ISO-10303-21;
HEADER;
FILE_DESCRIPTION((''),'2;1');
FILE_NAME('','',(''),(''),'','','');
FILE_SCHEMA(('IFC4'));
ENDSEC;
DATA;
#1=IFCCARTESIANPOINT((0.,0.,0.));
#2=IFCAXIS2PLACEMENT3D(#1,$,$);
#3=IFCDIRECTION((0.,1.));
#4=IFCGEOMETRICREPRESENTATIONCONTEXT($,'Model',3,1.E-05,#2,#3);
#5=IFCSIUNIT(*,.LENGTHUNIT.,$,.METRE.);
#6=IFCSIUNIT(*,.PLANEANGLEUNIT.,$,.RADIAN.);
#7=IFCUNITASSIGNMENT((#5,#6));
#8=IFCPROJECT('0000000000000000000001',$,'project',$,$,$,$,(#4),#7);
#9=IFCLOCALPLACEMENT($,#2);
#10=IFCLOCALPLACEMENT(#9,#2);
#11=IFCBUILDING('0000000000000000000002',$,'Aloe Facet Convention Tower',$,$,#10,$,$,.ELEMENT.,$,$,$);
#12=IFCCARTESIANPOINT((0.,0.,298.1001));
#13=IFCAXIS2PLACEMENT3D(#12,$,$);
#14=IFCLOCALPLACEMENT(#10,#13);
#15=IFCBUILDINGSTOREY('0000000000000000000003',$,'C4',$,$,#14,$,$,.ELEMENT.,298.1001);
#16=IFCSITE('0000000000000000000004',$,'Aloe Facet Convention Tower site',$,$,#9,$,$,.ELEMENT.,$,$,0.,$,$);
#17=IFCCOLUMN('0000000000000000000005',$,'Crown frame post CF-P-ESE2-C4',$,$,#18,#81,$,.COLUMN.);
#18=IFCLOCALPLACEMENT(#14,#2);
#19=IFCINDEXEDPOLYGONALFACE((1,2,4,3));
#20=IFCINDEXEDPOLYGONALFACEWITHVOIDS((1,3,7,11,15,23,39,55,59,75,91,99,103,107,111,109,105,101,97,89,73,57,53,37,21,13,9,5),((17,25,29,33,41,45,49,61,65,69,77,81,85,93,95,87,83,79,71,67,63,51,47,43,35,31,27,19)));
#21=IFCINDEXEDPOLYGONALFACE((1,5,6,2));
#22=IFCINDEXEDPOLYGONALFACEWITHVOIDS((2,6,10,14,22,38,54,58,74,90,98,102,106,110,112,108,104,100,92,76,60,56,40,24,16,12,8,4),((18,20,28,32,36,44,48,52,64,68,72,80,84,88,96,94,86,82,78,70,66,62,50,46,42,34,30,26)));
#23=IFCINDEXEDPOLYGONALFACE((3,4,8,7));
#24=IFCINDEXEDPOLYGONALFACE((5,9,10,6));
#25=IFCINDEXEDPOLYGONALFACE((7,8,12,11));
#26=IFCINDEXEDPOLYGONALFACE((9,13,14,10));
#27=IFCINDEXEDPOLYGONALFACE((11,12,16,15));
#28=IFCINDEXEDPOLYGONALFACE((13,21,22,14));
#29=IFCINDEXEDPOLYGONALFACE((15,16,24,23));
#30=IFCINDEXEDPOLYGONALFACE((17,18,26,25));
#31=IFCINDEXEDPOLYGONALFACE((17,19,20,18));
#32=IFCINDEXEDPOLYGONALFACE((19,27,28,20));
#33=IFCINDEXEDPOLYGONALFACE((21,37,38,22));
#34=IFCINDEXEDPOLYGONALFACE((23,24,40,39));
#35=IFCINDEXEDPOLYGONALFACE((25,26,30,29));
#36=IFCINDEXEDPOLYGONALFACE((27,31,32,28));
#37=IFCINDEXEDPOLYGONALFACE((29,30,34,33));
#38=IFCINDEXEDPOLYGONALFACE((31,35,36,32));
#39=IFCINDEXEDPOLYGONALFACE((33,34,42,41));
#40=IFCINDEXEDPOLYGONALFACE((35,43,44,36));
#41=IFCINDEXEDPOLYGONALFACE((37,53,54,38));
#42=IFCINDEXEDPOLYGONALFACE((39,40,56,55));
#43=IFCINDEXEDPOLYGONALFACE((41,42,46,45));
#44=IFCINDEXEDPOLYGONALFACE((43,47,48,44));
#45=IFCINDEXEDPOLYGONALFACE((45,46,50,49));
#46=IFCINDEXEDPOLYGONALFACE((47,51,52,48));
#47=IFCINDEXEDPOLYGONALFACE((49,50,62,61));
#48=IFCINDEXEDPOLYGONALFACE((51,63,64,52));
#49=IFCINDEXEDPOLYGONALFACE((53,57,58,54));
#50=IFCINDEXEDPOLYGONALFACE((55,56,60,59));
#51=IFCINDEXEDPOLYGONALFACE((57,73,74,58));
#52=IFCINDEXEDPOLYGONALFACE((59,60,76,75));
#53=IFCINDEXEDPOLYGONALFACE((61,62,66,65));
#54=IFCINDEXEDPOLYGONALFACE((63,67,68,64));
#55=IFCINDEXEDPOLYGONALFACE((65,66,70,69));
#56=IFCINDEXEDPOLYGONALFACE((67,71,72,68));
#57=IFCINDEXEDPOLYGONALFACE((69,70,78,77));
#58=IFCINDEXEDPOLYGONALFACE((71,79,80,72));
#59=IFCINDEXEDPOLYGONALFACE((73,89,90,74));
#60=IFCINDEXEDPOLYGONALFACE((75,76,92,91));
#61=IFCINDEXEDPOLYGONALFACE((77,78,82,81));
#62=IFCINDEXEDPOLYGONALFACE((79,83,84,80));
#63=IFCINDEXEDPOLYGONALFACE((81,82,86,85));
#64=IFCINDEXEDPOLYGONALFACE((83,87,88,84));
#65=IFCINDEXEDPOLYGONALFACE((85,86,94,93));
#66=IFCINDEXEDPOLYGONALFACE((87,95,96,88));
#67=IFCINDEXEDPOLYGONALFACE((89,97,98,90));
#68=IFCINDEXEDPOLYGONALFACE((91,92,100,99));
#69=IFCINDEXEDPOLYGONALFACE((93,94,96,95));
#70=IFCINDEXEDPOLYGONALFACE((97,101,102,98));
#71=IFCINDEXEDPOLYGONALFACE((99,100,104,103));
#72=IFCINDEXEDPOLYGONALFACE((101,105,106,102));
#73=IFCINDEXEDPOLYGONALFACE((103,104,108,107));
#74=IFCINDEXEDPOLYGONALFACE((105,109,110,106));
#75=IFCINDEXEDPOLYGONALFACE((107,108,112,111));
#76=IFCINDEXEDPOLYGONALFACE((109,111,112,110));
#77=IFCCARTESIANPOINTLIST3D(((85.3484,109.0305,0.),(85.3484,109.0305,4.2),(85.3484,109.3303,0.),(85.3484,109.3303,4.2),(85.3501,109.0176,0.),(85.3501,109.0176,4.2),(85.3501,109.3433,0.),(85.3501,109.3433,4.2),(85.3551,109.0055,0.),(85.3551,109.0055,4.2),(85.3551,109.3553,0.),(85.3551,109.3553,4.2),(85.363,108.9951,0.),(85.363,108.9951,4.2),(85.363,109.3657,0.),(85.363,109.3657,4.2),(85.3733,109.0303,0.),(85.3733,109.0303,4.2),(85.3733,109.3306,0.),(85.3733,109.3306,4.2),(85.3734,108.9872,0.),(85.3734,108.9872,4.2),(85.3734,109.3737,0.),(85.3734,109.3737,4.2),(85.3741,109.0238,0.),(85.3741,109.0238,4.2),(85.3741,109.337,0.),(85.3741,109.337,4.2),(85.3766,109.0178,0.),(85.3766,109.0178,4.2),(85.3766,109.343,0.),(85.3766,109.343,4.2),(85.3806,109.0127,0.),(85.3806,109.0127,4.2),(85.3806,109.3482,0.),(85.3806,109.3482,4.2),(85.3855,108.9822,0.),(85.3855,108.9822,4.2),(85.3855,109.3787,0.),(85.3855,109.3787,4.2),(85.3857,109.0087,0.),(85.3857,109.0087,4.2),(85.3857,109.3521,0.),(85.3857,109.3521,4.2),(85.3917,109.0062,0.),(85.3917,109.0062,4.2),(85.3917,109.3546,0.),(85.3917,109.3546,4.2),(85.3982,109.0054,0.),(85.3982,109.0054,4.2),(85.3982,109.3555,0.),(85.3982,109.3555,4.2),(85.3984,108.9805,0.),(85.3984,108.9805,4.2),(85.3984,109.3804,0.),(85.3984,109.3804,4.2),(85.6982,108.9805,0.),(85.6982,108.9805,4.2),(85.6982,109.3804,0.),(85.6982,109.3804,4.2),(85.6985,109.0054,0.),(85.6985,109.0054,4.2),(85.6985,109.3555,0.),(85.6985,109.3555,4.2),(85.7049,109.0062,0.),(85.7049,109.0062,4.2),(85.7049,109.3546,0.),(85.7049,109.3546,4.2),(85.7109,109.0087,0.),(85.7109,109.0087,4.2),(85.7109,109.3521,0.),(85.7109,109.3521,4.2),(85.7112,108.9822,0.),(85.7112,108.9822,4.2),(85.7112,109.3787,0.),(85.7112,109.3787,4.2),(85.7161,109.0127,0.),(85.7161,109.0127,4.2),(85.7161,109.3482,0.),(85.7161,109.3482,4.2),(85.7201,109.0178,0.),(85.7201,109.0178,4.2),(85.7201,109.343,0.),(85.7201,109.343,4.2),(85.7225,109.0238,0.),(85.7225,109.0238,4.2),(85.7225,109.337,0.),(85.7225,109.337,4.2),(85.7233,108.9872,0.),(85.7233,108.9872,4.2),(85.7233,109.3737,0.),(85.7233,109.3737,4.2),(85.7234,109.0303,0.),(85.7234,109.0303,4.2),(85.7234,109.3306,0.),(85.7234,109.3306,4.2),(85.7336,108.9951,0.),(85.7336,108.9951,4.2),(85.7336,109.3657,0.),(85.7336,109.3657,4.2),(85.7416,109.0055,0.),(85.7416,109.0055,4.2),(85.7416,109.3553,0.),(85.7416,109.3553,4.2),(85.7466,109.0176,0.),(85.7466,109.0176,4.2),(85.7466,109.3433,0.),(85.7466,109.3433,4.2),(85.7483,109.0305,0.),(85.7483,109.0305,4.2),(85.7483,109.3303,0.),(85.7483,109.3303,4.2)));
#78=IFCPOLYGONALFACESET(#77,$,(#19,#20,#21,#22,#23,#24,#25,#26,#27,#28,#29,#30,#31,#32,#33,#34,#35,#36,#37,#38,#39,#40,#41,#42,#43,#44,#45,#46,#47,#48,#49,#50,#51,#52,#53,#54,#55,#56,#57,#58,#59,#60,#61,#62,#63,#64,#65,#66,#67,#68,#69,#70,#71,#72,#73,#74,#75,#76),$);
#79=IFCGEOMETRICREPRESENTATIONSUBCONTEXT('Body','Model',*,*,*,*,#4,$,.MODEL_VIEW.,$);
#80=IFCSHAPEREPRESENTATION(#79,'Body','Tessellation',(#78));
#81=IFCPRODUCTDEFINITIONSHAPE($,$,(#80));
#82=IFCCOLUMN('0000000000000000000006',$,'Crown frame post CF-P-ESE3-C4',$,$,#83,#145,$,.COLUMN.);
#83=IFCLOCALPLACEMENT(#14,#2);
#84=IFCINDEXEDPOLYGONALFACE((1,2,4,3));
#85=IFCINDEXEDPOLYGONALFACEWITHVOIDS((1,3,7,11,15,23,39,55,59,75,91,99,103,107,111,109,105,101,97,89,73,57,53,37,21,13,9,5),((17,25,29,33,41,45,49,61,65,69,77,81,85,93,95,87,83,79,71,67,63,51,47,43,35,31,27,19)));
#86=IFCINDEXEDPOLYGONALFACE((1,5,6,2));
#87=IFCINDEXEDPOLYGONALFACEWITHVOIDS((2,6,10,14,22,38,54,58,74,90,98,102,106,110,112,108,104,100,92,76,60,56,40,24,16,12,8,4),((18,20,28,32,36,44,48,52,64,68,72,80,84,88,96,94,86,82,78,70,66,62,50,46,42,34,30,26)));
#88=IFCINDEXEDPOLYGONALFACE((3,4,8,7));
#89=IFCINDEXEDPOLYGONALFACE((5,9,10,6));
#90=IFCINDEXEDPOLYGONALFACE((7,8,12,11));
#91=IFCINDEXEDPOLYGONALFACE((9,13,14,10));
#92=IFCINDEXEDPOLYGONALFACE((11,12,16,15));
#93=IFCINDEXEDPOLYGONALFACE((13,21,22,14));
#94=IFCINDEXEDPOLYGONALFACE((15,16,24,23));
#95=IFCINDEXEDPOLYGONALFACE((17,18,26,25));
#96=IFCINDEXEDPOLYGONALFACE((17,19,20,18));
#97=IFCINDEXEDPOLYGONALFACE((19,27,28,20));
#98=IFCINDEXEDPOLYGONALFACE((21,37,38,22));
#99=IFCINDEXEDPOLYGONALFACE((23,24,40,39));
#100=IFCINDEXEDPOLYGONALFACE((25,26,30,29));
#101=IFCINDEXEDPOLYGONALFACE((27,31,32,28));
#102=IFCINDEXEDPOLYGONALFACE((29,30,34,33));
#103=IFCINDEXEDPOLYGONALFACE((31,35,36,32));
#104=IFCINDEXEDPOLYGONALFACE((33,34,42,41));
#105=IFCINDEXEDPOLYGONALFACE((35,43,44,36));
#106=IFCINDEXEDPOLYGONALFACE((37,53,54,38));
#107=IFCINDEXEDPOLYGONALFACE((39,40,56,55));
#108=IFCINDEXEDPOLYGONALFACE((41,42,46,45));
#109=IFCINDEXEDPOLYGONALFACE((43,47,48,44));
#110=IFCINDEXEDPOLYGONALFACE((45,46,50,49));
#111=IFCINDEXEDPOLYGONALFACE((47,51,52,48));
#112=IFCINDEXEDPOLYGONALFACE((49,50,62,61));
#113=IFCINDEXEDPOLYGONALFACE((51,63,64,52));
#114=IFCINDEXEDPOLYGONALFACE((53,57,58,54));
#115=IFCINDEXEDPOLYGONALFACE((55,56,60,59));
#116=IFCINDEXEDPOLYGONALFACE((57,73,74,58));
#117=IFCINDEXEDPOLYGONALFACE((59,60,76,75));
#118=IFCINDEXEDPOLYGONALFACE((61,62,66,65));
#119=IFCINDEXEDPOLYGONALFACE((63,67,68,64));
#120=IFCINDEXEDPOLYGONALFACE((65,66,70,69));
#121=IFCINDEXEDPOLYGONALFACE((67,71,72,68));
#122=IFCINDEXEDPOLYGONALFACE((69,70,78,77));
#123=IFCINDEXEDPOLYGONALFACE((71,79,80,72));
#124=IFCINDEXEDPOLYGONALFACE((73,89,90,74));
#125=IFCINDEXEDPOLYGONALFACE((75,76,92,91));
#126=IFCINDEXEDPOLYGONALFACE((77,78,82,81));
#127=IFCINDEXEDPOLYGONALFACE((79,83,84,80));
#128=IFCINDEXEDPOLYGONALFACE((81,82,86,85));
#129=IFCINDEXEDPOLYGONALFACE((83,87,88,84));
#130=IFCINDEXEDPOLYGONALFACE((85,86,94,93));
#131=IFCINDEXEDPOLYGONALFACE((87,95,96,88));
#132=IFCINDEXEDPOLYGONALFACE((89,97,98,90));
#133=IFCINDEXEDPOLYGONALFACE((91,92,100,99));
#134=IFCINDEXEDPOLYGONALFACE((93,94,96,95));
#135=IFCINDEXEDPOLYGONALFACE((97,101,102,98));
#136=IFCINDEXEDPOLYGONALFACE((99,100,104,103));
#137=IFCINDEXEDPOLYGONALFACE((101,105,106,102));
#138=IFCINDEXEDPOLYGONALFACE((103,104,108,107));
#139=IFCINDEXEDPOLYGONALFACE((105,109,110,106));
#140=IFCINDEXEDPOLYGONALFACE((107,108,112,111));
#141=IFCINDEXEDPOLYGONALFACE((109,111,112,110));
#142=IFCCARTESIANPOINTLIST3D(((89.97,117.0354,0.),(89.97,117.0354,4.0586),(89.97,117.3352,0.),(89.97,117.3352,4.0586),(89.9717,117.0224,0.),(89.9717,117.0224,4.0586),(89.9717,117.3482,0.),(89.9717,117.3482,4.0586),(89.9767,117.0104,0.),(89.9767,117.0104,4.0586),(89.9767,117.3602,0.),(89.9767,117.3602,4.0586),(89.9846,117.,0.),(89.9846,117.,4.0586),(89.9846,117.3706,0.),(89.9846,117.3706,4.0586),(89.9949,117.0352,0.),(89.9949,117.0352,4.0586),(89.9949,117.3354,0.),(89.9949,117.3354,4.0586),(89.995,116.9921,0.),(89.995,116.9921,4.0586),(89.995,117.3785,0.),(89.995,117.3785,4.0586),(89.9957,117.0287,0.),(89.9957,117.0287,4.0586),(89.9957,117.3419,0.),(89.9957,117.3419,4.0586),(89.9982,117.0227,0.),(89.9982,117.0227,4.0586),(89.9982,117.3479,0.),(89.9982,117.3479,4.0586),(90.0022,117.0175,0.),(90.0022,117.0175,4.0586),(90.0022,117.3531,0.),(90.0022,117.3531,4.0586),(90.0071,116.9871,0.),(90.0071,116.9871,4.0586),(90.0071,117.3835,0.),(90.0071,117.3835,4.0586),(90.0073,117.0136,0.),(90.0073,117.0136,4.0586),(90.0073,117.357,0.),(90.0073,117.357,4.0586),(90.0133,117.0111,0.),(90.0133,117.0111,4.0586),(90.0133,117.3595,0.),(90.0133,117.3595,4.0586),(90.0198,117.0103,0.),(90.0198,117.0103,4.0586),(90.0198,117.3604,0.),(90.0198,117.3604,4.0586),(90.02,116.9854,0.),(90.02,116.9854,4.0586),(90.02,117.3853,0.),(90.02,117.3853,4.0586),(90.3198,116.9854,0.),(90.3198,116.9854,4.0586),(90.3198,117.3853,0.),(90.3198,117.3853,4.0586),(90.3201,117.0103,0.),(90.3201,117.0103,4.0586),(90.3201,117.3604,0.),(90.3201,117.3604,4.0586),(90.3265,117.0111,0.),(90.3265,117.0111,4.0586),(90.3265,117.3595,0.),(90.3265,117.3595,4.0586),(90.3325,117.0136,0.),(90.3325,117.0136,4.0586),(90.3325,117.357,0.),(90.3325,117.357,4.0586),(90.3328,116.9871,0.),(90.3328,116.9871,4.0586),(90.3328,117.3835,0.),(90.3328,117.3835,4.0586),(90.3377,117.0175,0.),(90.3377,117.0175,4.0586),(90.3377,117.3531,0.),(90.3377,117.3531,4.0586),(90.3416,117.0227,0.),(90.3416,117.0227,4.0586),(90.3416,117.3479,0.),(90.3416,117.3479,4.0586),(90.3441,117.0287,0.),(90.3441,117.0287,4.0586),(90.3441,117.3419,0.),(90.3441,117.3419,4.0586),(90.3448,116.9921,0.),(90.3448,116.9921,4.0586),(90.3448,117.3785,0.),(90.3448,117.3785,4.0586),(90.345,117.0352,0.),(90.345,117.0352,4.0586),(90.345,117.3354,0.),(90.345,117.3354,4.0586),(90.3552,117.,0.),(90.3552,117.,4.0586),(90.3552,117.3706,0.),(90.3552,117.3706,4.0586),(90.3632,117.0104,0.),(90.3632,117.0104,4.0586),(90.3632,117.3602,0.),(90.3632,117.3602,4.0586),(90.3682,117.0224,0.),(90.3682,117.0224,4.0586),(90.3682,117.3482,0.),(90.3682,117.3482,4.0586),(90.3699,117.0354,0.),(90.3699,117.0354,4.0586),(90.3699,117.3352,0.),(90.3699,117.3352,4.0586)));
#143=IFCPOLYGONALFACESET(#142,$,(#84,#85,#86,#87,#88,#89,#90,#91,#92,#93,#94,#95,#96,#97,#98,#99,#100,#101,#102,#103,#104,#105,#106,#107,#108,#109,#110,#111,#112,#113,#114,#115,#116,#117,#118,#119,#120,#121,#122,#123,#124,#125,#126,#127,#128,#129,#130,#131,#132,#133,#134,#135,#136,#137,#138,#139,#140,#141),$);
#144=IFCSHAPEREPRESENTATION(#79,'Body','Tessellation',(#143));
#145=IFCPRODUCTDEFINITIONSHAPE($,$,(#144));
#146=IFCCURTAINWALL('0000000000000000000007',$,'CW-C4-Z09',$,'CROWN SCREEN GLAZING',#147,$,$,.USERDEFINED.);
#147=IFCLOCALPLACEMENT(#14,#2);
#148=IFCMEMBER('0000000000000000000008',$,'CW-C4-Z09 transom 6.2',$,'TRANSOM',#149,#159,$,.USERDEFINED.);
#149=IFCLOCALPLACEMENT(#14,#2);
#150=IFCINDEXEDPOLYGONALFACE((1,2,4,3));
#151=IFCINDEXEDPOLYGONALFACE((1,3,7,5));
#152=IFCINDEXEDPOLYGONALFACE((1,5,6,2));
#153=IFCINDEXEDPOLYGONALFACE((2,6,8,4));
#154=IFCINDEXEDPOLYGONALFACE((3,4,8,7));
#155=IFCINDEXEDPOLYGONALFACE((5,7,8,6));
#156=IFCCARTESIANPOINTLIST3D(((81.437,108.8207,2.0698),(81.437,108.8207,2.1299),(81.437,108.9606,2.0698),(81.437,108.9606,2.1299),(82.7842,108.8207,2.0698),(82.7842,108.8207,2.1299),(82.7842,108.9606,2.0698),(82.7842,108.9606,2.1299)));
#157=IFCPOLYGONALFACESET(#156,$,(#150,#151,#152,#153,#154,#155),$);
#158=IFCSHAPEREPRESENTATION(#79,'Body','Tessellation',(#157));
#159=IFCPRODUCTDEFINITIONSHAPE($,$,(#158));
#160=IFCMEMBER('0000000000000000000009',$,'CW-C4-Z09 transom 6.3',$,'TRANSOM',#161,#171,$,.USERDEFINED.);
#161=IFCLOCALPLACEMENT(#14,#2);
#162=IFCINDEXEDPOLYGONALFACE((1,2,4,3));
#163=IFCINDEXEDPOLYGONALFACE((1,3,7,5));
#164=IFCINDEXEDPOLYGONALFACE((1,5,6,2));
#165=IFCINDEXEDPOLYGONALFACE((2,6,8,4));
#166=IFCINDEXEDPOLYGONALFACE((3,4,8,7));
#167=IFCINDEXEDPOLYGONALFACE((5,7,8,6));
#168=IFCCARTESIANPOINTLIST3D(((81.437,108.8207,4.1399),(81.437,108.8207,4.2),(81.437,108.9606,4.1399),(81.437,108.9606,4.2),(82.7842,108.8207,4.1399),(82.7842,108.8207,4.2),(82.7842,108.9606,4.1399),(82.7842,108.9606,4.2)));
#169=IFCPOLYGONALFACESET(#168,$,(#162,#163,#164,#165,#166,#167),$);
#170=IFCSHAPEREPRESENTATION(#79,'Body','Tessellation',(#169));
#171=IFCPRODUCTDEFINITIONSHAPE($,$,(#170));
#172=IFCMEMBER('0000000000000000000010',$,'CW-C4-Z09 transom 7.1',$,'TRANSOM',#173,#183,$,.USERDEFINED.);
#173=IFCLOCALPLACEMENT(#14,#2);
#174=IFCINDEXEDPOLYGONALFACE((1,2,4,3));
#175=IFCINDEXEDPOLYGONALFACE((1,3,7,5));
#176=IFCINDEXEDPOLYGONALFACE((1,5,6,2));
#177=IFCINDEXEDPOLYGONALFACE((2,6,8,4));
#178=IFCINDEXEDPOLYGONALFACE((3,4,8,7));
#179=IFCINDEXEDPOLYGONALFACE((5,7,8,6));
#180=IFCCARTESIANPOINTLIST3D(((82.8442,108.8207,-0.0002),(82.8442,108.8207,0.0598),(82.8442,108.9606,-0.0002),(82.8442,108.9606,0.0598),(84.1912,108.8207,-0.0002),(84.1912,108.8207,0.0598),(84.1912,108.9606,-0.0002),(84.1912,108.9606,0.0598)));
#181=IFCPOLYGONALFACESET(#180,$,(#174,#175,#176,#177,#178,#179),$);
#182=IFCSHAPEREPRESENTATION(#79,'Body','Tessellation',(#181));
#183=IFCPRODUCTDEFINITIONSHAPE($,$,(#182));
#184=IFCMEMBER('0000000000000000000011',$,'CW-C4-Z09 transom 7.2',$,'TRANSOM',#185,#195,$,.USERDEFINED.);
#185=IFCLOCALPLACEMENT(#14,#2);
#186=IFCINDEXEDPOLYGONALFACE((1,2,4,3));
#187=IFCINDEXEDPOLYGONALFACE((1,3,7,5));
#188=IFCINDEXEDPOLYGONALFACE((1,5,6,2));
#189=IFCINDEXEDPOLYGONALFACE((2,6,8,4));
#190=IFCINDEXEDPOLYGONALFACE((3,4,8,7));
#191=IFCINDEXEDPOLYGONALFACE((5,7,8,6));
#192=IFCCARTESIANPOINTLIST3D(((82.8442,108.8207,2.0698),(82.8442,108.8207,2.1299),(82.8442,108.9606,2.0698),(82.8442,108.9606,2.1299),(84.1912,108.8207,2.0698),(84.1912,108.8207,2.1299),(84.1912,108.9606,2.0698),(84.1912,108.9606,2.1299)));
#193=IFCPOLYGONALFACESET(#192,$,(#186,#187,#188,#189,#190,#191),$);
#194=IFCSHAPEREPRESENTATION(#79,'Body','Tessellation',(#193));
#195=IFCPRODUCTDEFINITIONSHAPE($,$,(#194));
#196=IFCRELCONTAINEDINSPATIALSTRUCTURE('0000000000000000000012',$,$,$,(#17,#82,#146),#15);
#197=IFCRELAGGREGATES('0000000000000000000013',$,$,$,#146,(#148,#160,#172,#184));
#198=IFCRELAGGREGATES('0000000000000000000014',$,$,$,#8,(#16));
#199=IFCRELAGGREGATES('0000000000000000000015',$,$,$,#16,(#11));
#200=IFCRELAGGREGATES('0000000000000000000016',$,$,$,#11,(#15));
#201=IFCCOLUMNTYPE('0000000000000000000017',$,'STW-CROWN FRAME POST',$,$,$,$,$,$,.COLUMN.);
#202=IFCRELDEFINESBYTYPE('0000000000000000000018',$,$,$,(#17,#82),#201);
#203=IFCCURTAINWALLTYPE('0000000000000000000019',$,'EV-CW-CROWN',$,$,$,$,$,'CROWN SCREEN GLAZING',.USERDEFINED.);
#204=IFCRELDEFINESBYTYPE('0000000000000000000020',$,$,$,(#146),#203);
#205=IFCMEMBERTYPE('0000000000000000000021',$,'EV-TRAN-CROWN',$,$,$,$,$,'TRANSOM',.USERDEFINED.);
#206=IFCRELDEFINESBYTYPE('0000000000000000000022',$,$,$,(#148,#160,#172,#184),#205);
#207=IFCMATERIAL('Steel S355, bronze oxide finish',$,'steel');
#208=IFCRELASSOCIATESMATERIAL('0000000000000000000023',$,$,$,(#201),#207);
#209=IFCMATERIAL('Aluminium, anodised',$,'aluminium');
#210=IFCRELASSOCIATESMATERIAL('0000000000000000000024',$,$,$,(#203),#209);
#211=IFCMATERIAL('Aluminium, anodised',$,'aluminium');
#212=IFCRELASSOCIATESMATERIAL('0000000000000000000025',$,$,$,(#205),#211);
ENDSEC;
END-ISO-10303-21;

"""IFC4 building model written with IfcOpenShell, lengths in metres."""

from ifc_helpers import new_model, si_unit, direction, frame, origin, origin_2d, place, context, subcontext, project, spatial, rectangle, hollow_rectangle, extrude, material, material_profile, profile_set, type_object, element, aggregate, save


model = new_model("IFC4")

# Units and contexts
model_context = context("Model", 3, precision=1e-05, world=origin(), true_north=direction((0.0, 1.0)))
body_context = subcontext(model_context, "Body", "Model", "MODEL_VIEW")
ifc_project = project(units=[si_unit("LENGTHUNIT", "METRE"), si_unit("PLANEANGLEUNIT", "RADIAN")], contexts=[model_context])

# Site, building, storey
site_placement = place(None, origin())
site = spatial("IfcSite", under=ifc_project, at=site_placement, Name="Aloe Facet Convention Tower site", CompositionType="ELEMENT", RefElevation=0.0)
building_placement = place(site_placement, origin())
building = spatial("IfcBuilding", under=site, at=building_placement, Name="Aloe Facet Convention Tower", CompositionType="ELEMENT")
storey_placement = place(building_placement, frame((0.0, 0.0, 298.1001)))
storey = spatial("IfcBuildingStorey", under=building, at=storey_placement, Name="C4", CompositionType="ELEMENT", Elevation=298.1001)

# Columns
ifc_material_1 = material(Name="Steel S355, bronze oxide finish", Category="steel")
ifc_material_profile_1 = material_profile(ifc_material_1, hollow_rectangle(XDim=0.3999, YDim=0.3999, WallThickness=0.0249, InnerFilletRadius=0.0249, OuterFilletRadius=0.05, at=origin_2d()), Name="SHS 400x400x25")
ifc_profile_set_1 = profile_set([ifc_material_profile_1], Name="Steel S355, bronze oxide finish")
column_type = type_object("IfcColumnType", Name="STW-CROWN FRAME POST", PredefinedType="COLUMN", material=ifc_profile_set_1)
for number, where, z_axis, x_axis, name in (
    (1, (85.5483, 109.1804, 0.0), (0.0, 0.0, 1.0), (1.0, 0.0, 0.0), "Crown frame post CF-P-ESE2-C4"),
):
    element("IfcColumn", number, at=place(storey_placement, frame(where, z_axis=z_axis, x_axis=x_axis)), inside=storey, type_object=column_type, Name=name, PredefinedType="COLUMN", context=body_context, shape_type="SweptSolid", body=[
        extrude(hollow_rectangle(XDim=0.3999, YDim=0.3999, WallThickness=0.0249, InnerFilletRadius=0.0249, OuterFilletRadius=0.05, at=origin_2d()), origin(), (0.0, 0.0, 1.0), 4.2),
    ])
column_1_placement = place(storey_placement, frame((90.1699, 117.1853, 0.0), z_axis=(0.0, 0.0, 1.0), x_axis=(1.0, 0.0, 0.0)))
element("IfcColumn", 2, at=column_1_placement, inside=storey, type_object=column_type, Name="Crown frame post CF-P-ESE3-C4", PredefinedType="COLUMN", context=body_context, shape_type="SweptSolid", body=[
    extrude(hollow_rectangle(XDim=0.3999, YDim=0.3999, WallThickness=0.0249, InnerFilletRadius=0.0249, OuterFilletRadius=0.05, at=origin_2d()), origin(), (0.0, 0.0, 1.0), 4.0586),
])

# Curtain wall, members
ifc_material_2 = material(Name="Aluminium, anodised", Category="aluminium")
curtain_wall_type = type_object("IfcCurtainWallType", Name="EV-CW-CROWN", ElementType="CROWN SCREEN GLAZING", PredefinedType="USERDEFINED", material=ifc_material_2)
curtain_wall_placement = place(storey_placement, origin())
curtain_wall = element("IfcCurtainWall", 3, at=curtain_wall_placement, inside=storey, type_object=curtain_wall_type, Name="CW-C4-Z09", ObjectType="CROWN SCREEN GLAZING", PredefinedType="USERDEFINED")
ifc_material_3 = material(Name="Aluminium, anodised", Category="aluminium")
ifc_material_profile_2 = material_profile(ifc_material_3, rectangle(XDim=0.1399, YDim=0.0601, at=origin_2d()), Name="AL 140x60")
ifc_profile_set_2 = profile_set([ifc_material_profile_2], Name="Aluminium, anodised")
member_type_1 = type_object("IfcMemberType", Name="EV-TRAN-CROWN", ElementType="TRANSOM", PredefinedType="USERDEFINED", material=ifc_profile_set_2)
member_1_placement = place(storey_placement, frame((81.437, 108.8906, 2.0999), z_axis=(1.0, 0.0, 0.0), x_axis=(0.0, 1.0, 0.0)))
member_1 = element("IfcMember", 4, at=member_1_placement, type_object=member_type_1, Name="CW-C4-Z09 transom 6.2", ObjectType="TRANSOM", PredefinedType="USERDEFINED", context=body_context, shape_type="SweptSolid", body=[
    extrude(rectangle(XDim=0.1399, YDim=0.0601, at=origin_2d()), origin(), (0.0, 0.0, 1.0), 1.3472),
])
member_2_placement = place(storey_placement, frame((81.437, 108.8906, 4.1699), z_axis=(1.0, 0.0, 0.0), x_axis=(0.0, 1.0, 0.0)))
member_2 = element("IfcMember", 5, at=member_2_placement, type_object=member_type_1, Name="CW-C4-Z09 transom 6.3", ObjectType="TRANSOM", PredefinedType="USERDEFINED", context=body_context, shape_type="SweptSolid", body=[
    extrude(rectangle(XDim=0.1399, YDim=0.0601, at=origin_2d()), origin(), (0.0, 0.0, 1.0), 1.3472),
])
member_3_placement = place(storey_placement, frame((82.8442, 108.8906, 0.0298), z_axis=(1.0, 0.0, 0.0), x_axis=(0.0, 1.0, 0.0)))
member_3 = element("IfcMember", 6, at=member_3_placement, type_object=member_type_1, Name="CW-C4-Z09 transom 7.1", ObjectType="TRANSOM", PredefinedType="USERDEFINED", context=body_context, shape_type="SweptSolid", body=[
    extrude(rectangle(XDim=0.1399, YDim=0.0601, at=origin_2d()), origin(), (0.0, 0.0, 1.0), 1.3469),
])
member_4_placement = place(storey_placement, frame((82.8442, 108.8906, 2.0999), z_axis=(1.0, 0.0, 0.0), x_axis=(0.0, 1.0, 0.0)))
member_4 = element("IfcMember", 7, at=member_4_placement, type_object=member_type_1, Name="CW-C4-Z09 transom 7.2", ObjectType="TRANSOM", PredefinedType="USERDEFINED", context=body_context, shape_type="SweptSolid", body=[
    extrude(rectangle(XDim=0.1399, YDim=0.0601, at=origin_2d()), origin(), (0.0, 0.0, 1.0), 1.3469),
])

aggregate(curtain_wall, [member_1, member_2, member_3, member_4])

save(model, "model.ifc")
